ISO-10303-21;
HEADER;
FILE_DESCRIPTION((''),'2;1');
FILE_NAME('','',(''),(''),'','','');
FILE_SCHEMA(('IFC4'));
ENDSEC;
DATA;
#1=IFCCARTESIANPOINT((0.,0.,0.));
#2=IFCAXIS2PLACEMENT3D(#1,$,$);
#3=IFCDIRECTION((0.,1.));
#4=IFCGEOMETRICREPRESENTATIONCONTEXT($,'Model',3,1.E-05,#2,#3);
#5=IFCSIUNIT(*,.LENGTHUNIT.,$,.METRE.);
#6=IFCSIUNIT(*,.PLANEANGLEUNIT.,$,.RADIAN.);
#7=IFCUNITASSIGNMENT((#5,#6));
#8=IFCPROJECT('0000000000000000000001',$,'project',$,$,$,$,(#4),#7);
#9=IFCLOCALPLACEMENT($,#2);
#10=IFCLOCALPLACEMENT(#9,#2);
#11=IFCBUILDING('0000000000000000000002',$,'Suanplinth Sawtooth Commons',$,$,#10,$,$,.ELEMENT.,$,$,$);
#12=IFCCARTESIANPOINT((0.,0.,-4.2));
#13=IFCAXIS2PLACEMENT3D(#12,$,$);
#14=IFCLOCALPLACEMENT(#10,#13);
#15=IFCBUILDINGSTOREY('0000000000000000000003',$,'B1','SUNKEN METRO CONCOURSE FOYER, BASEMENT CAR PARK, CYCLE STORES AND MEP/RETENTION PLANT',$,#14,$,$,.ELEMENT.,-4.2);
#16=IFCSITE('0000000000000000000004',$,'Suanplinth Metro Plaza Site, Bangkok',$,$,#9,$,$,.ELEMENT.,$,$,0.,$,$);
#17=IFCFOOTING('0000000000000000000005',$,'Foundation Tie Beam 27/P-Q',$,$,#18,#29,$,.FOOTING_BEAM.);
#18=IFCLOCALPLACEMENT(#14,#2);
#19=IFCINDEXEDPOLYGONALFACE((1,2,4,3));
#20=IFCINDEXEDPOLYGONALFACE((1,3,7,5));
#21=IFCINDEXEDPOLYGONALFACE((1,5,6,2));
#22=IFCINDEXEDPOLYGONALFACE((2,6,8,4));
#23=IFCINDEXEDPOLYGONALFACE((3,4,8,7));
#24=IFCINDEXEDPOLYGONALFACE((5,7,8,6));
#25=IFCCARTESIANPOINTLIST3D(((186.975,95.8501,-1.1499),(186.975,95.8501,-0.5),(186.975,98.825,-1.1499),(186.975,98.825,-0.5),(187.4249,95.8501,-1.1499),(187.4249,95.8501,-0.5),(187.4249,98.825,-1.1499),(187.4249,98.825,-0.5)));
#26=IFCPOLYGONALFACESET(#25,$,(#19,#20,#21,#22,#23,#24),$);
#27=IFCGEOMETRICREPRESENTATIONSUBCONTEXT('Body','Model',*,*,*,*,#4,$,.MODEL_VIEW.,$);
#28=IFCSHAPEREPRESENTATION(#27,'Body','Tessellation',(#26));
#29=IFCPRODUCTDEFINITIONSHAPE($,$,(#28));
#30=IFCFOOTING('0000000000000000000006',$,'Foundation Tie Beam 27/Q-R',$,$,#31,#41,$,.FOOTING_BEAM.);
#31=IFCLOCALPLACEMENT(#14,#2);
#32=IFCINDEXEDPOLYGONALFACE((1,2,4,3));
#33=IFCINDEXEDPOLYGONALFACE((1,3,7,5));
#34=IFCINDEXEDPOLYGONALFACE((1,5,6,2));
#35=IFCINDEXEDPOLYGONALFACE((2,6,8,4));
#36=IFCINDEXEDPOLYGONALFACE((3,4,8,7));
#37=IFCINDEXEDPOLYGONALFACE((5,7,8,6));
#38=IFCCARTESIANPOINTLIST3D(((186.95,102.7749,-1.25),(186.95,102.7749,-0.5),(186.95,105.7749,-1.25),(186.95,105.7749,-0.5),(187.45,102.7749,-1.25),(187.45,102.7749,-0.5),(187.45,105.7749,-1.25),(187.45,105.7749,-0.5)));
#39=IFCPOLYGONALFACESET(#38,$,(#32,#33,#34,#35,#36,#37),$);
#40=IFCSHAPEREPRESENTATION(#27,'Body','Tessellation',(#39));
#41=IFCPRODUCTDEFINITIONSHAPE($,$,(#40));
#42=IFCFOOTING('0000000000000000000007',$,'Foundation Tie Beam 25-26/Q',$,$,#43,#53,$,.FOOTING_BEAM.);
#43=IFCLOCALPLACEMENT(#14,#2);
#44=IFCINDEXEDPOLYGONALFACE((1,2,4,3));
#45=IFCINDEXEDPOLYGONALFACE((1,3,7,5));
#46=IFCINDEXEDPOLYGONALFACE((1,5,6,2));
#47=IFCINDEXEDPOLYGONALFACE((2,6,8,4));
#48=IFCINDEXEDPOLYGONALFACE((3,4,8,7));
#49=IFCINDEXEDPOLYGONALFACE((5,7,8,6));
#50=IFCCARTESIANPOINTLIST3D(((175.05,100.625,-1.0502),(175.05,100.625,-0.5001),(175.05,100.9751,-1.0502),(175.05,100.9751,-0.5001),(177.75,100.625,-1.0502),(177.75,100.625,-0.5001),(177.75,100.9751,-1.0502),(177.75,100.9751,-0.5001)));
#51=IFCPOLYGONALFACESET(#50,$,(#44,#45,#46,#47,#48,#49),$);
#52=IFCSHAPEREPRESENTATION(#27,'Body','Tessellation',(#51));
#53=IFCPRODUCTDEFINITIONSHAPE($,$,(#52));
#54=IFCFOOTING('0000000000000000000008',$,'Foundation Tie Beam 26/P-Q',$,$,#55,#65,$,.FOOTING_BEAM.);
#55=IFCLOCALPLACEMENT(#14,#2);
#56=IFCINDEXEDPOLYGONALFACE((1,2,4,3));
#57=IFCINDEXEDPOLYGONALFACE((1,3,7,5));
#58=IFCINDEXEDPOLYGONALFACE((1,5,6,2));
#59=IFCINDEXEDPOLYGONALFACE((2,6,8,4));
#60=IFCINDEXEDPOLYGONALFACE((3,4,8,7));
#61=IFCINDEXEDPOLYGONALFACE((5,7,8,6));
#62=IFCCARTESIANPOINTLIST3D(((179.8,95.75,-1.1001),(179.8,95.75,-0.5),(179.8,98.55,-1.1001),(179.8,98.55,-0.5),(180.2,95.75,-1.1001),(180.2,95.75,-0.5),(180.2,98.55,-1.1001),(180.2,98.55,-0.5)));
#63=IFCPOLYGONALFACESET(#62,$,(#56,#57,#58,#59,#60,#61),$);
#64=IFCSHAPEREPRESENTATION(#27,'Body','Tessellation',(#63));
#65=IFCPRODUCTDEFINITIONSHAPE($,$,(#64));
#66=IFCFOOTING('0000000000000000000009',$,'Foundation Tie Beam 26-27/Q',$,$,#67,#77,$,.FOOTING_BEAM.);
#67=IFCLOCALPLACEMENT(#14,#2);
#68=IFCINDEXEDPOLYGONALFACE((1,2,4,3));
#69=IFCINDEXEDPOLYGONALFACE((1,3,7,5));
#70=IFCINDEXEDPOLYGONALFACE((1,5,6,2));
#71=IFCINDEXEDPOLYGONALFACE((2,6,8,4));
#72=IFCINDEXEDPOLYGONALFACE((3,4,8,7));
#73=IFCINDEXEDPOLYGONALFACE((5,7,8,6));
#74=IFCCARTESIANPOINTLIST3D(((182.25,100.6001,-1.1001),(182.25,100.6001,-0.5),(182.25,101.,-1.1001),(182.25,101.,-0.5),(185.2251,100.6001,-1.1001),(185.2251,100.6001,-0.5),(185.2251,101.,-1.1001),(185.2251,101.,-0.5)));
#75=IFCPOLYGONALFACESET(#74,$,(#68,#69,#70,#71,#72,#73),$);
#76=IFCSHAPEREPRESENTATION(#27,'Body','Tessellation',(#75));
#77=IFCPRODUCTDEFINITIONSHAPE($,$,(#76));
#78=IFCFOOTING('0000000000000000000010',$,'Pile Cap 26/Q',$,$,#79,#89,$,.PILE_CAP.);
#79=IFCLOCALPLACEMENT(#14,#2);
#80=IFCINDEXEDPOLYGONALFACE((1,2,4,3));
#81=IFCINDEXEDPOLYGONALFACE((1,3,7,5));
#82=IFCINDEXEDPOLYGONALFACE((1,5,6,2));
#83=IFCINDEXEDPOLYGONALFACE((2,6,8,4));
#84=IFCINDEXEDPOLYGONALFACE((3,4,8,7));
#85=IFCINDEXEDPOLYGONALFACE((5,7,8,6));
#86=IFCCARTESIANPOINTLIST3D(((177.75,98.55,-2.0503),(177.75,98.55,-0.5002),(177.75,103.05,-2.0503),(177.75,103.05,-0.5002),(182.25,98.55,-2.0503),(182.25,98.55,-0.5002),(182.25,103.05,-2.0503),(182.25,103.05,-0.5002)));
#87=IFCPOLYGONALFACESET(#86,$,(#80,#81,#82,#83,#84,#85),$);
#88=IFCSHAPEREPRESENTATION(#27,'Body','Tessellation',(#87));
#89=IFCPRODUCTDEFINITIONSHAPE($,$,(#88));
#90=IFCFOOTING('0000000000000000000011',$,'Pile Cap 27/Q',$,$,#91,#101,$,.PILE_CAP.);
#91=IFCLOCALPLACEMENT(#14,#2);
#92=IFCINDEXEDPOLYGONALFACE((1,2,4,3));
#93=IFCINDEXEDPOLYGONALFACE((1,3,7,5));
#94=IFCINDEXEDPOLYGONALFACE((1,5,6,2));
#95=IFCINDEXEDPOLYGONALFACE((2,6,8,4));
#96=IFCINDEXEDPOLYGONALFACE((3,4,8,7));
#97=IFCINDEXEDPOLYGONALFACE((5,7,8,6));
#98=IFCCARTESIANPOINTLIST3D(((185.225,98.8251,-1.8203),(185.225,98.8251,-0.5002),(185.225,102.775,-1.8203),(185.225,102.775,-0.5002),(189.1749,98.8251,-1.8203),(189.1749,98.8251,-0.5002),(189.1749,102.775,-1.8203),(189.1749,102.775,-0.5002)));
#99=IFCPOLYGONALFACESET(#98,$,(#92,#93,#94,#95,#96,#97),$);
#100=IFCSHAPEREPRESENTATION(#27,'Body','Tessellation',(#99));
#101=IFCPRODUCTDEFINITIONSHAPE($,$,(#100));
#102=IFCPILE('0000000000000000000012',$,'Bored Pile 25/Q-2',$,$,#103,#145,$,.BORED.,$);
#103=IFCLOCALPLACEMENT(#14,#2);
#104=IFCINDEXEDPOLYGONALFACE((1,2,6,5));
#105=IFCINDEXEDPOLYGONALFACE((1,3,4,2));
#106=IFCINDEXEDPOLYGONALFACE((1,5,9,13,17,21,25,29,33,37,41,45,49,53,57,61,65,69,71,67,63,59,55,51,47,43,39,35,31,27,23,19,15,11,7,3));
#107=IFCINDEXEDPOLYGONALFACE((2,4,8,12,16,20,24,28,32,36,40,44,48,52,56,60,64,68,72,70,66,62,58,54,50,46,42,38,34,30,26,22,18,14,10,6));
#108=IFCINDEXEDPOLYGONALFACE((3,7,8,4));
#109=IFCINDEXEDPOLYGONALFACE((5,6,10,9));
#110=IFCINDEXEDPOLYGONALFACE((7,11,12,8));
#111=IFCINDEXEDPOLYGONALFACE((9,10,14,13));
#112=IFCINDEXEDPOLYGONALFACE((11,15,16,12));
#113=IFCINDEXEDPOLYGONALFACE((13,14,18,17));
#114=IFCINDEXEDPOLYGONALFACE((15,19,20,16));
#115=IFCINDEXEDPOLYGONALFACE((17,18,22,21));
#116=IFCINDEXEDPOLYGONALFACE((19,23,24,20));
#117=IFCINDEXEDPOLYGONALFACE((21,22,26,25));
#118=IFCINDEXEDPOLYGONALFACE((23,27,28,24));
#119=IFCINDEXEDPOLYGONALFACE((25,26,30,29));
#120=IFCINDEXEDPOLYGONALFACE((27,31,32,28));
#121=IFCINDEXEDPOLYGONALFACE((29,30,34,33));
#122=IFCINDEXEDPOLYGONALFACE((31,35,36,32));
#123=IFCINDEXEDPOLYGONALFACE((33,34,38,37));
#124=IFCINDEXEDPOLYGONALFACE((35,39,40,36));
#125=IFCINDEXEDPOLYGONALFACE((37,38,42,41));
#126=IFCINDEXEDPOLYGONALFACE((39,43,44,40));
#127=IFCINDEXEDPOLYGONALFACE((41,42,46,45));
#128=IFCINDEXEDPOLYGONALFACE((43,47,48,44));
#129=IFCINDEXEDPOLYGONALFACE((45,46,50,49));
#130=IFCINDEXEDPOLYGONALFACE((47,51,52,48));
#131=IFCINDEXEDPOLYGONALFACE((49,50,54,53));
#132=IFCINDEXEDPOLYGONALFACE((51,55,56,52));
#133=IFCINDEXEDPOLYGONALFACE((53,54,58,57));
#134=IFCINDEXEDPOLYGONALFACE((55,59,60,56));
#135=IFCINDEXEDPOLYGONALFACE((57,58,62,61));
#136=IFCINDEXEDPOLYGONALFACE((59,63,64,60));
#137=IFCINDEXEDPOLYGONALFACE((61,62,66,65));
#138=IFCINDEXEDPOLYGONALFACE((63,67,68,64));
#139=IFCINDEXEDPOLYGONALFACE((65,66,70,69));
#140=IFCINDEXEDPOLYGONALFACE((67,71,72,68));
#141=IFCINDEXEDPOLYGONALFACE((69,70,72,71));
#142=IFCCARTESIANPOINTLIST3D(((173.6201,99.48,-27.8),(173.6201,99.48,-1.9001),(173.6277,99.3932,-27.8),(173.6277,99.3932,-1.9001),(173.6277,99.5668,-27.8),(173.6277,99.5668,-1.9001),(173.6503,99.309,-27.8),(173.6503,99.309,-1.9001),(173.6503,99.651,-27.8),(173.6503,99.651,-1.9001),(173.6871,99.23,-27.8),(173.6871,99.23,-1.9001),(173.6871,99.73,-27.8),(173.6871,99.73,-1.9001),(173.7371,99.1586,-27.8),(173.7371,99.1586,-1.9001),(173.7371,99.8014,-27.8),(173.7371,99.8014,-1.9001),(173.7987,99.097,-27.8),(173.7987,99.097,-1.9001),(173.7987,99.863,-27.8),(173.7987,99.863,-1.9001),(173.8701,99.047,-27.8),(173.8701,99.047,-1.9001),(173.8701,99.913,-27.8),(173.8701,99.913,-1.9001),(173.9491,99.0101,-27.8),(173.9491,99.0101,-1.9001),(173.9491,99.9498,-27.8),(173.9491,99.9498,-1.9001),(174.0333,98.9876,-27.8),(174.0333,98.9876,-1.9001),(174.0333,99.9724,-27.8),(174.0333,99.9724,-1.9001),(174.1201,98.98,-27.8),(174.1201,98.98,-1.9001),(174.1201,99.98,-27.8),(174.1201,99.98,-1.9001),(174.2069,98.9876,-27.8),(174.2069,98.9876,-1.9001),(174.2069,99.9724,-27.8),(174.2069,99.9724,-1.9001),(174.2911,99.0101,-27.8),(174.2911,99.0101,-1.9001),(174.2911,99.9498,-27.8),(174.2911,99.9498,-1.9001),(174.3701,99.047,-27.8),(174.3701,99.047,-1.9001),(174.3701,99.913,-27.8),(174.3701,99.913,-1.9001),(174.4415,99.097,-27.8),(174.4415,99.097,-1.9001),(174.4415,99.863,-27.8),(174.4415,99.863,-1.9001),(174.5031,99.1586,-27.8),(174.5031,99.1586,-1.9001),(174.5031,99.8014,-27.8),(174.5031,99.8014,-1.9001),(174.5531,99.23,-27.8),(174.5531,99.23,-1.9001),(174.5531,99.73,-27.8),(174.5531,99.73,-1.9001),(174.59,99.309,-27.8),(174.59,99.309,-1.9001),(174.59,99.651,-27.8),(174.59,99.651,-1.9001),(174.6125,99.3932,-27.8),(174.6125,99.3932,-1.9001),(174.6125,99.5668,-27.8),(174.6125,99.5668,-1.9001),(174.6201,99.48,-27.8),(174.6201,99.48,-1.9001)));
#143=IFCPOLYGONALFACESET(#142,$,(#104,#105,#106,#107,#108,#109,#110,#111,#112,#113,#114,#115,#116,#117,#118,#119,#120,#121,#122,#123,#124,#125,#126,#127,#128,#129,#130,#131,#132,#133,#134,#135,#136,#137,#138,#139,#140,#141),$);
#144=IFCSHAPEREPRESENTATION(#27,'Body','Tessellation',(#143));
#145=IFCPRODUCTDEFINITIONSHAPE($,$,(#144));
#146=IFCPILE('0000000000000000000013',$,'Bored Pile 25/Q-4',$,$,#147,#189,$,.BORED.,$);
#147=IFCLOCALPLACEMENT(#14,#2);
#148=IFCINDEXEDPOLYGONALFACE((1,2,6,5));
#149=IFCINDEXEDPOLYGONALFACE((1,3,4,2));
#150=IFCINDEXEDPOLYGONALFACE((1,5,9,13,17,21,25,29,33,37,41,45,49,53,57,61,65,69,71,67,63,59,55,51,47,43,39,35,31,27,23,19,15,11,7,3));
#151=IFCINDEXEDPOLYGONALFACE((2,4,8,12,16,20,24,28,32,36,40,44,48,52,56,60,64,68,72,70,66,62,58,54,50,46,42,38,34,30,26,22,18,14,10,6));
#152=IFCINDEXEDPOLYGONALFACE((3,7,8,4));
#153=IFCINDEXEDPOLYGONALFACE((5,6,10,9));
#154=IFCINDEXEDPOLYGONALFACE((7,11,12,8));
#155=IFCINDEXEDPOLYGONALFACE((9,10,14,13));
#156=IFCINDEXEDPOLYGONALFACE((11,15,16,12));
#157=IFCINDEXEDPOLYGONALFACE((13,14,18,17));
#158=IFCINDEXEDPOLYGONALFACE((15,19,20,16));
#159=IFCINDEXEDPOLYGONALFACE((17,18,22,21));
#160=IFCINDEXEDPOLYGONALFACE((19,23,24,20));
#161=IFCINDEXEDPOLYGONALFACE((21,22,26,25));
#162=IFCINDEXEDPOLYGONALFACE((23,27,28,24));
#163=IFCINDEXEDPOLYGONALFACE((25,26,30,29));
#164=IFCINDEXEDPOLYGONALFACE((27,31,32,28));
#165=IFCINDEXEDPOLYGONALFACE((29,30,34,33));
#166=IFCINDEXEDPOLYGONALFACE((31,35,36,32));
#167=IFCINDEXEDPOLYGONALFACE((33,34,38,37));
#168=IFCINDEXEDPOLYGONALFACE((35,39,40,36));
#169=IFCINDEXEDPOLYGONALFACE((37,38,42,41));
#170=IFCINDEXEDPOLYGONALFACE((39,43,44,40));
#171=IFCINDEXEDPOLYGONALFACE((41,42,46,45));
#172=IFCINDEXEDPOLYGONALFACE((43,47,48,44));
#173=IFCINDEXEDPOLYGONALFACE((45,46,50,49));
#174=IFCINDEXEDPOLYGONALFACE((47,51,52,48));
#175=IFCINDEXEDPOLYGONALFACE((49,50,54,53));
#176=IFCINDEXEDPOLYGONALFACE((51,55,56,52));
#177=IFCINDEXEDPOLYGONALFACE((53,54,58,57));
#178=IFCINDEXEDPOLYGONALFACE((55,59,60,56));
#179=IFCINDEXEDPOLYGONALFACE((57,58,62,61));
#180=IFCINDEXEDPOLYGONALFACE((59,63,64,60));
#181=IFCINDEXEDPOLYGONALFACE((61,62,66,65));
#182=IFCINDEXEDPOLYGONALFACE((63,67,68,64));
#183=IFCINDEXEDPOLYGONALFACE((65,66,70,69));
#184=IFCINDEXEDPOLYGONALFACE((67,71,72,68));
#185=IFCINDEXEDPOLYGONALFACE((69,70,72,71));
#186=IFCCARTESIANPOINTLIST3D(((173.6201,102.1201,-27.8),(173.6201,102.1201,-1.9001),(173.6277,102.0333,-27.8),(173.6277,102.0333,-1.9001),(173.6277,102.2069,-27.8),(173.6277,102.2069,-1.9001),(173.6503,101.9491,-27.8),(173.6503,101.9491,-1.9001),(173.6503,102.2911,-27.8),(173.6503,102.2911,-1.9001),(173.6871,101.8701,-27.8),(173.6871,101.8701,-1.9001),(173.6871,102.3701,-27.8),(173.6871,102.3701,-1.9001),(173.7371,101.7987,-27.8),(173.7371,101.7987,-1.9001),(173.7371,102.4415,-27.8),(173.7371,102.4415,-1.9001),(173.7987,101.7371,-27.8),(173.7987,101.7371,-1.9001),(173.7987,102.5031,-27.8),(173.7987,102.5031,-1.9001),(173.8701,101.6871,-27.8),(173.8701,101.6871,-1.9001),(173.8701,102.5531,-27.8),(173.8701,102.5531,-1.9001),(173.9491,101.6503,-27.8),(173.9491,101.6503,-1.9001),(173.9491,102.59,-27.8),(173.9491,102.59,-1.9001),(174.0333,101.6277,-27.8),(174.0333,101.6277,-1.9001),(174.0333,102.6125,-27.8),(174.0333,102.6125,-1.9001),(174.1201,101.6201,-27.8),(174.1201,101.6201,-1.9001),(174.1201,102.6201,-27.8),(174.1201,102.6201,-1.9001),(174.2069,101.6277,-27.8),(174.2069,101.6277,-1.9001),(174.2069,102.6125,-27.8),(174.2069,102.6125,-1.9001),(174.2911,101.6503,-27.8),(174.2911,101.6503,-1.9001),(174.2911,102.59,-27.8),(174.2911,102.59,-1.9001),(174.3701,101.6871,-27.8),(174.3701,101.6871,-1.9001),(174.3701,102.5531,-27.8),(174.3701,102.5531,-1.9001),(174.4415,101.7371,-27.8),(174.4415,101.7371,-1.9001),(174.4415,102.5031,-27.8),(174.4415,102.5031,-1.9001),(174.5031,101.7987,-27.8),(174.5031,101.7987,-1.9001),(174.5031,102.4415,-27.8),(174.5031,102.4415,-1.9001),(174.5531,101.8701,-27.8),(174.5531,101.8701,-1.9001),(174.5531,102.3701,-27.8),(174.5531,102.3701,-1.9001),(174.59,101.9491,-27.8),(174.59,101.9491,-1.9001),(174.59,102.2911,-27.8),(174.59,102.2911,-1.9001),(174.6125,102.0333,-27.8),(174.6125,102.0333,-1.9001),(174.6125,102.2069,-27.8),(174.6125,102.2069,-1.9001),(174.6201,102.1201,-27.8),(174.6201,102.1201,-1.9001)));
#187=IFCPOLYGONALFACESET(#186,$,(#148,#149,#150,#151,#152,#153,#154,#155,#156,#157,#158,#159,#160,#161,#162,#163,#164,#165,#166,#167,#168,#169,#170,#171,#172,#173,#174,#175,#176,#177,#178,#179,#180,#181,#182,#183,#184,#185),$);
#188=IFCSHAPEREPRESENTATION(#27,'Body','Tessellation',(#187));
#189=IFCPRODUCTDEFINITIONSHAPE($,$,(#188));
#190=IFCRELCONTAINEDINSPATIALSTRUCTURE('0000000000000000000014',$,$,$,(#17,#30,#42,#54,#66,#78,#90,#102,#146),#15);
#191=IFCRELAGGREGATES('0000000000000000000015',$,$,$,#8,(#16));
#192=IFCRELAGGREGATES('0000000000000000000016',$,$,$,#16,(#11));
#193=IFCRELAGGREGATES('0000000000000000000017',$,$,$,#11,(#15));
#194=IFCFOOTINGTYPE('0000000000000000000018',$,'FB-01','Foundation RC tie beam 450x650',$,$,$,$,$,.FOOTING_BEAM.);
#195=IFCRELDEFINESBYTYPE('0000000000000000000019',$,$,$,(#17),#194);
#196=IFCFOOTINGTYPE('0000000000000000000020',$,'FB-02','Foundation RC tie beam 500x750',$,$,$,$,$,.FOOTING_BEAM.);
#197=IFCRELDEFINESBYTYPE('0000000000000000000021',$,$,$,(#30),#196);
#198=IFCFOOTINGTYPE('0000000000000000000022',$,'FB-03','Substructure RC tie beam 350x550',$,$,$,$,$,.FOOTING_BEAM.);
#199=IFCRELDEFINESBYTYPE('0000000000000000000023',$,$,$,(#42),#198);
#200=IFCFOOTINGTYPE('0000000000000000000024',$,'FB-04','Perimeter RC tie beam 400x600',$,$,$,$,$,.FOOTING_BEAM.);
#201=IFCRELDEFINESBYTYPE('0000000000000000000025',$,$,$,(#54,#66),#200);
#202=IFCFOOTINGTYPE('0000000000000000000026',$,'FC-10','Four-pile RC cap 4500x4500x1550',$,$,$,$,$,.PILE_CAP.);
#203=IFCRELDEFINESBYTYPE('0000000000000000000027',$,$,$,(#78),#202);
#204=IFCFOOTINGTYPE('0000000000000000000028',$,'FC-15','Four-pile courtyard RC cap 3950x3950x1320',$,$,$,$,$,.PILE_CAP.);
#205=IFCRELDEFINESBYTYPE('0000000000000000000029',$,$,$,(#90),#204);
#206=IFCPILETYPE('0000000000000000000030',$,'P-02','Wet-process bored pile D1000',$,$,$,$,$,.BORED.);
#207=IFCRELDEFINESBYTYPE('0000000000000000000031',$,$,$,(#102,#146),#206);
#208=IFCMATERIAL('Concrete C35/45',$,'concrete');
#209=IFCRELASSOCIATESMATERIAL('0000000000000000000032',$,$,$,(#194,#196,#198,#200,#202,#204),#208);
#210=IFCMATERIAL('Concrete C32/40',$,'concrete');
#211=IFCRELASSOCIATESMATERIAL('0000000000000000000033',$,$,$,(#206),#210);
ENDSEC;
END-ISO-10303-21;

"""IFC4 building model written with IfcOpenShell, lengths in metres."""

from ifc_helpers import new_model, si_unit, direction, frame, origin, origin_2d, place, context, subcontext, project, spatial, rectangle, circle, extrude, material, material_profile, profile_set, type_object, element, save


model = new_model("IFC4")

# Units and contexts
model_context = context("Model", 3, precision=1e-05, world=origin(), true_north=direction((0.0, 1.0)))
body_context = subcontext(model_context, "Body", "Model", "MODEL_VIEW")
ifc_project = project(units=[si_unit("LENGTHUNIT", "METRE"), si_unit("PLANEANGLEUNIT", "RADIAN")], contexts=[model_context])

# Site, building, storey
site_placement = place(None, origin())
site = spatial("IfcSite", under=ifc_project, at=site_placement, Name="Suanplinth Metro Plaza Site, Bangkok", CompositionType="ELEMENT", RefElevation=0.0)
building_placement = place(site_placement, origin())
building = spatial("IfcBuilding", under=site, at=building_placement, Name="Suanplinth Sawtooth Commons", CompositionType="ELEMENT")
storey_placement = place(building_placement, frame((0.0, 0.0, -4.2)))
storey = spatial("IfcBuildingStorey", under=building, at=storey_placement, Name="B1", Description="SUNKEN METRO CONCOURSE FOYER, BASEMENT CAR PARK, CYCLE STORES AND MEP/RETENTION PLANT", CompositionType="ELEMENT", Elevation=-4.2)

# Footings
ifc_material_1 = material(Name="Concrete C35/45", Category="concrete")
ifc_material_profile_1 = material_profile(ifc_material_1, rectangle(XDim=0.45, YDim=0.6499, at=origin_2d()), Name="PC-GDR 450x650")
ifc_profile_set_1 = profile_set([ifc_material_profile_1], Name="Concrete C35/45")
footing_type_1 = type_object("IfcFootingType", Name="FB-01", Description="Foundation RC tie beam 450x650", PredefinedType="FOOTING_BEAM", material=ifc_profile_set_1)
footing_1_placement = place(storey_placement, frame((187.2, 95.8501, -0.825), z_axis=(0.0, 1.0, 0.0), x_axis=(-1.0, 0.0, 0.0)))
element("IfcFooting", 1, at=footing_1_placement, inside=storey, type_object=footing_type_1, Name="Foundation Tie Beam 27/P-Q", PredefinedType="FOOTING_BEAM", context=body_context, shape_type="SweptSolid", body=[
    extrude(rectangle(XDim=0.45, YDim=0.6499, at=origin_2d()), origin(), (0.0, 0.0, 1.0), 2.9749),
])
ifc_material_profile_2 = material_profile(ifc_material_1, rectangle(XDim=0.5, YDim=0.75, at=origin_2d()), Name="RC-GDR 500x750")
ifc_profile_set_2 = profile_set([ifc_material_profile_2], Name="Concrete C35/45")
footing_type_2 = type_object("IfcFootingType", Name="FB-02", Description="Foundation RC tie beam 500x750", PredefinedType="FOOTING_BEAM", material=ifc_profile_set_2)
footing_2_placement = place(storey_placement, frame((187.2, 102.7749, -0.875), z_axis=(0.0, 1.0, 0.0), x_axis=(-1.0, 0.0, 0.0)))
element("IfcFooting", 2, at=footing_2_placement, inside=storey, type_object=footing_type_2, Name="Foundation Tie Beam 27/Q-R", PredefinedType="FOOTING_BEAM", context=body_context, shape_type="SweptSolid", body=[
    extrude(rectangle(XDim=0.5, YDim=0.75, at=origin_2d()), origin(), (0.0, 0.0, 1.0), 3.0),
])
ifc_material_profile_3 = material_profile(ifc_material_1, rectangle(XDim=0.3501, YDim=0.55, at=origin_2d()), Name="PC-BM 350x550")
ifc_profile_set_3 = profile_set([ifc_material_profile_3], Name="Concrete C35/45")
footing_type_3 = type_object("IfcFootingType", Name="FB-03", Description="Substructure RC tie beam 350x550", PredefinedType="FOOTING_BEAM", material=ifc_profile_set_3)
footing_3_placement = place(storey_placement, frame((175.05, 100.8, -0.7751), z_axis=(1.0, 0.0, 0.0), x_axis=(0.0, 1.0, 0.0)))
element("IfcFooting", 3, at=footing_3_placement, inside=storey, type_object=footing_type_3, Name="Foundation Tie Beam 25-26/Q", PredefinedType="FOOTING_BEAM", context=body_context, shape_type="SweptSolid", body=[
    extrude(rectangle(XDim=0.3501, YDim=0.55, at=origin_2d()), origin(), (0.0, 0.0, 1.0), 2.7),
])
ifc_material_profile_4 = material_profile(ifc_material_1, rectangle(XDim=0.3999, YDim=0.6001, at=origin_2d()), Name="PC-GDR 400x600")
ifc_profile_set_4 = profile_set([ifc_material_profile_4], Name="Concrete C35/45")
footing_type_4 = type_object("IfcFootingType", Name="FB-04", Description="Perimeter RC tie beam 400x600", PredefinedType="FOOTING_BEAM", material=ifc_profile_set_4)
footing_4_placement = place(storey_placement, frame((180.0, 95.75, -0.8), z_axis=(0.0, 1.0, 0.0), x_axis=(-1.0, 0.0, 0.0)))
element("IfcFooting", 4, at=footing_4_placement, inside=storey, type_object=footing_type_4, Name="Foundation Tie Beam 26/P-Q", PredefinedType="FOOTING_BEAM", context=body_context, shape_type="SweptSolid", body=[
    extrude(rectangle(XDim=0.3999, YDim=0.6001, at=origin_2d()), origin(), (0.0, 0.0, 1.0), 2.8),
])
footing_5_placement = place(storey_placement, frame((182.25, 100.8, -0.8), z_axis=(1.0, 0.0, 0.0), x_axis=(0.0, 1.0, 0.0)))
element("IfcFooting", 5, at=footing_5_placement, inside=storey, type_object=footing_type_4, Name="Foundation Tie Beam 26-27/Q", PredefinedType="FOOTING_BEAM", context=body_context, shape_type="SweptSolid", body=[
    extrude(rectangle(XDim=0.3999, YDim=0.6001, at=origin_2d()), origin(), (0.0, 0.0, 1.0), 2.9751),
])
footing_type_5 = type_object("IfcFootingType", Name="FC-10", Description="Four-pile RC cap 4500x4500x1550", PredefinedType="PILE_CAP", material=ifc_material_1)
footing_6_placement = place(storey_placement, frame((180.0, 100.8, -2.0503), z_axis=(0.0, 0.0, 1.0), x_axis=(1.0, 0.0, 0.0)))
element("IfcFooting", 6, at=footing_6_placement, inside=storey, type_object=footing_type_5, Name="Pile Cap 26/Q", PredefinedType="PILE_CAP", context=body_context, shape_type="SweptSolid", body=[
    extrude(rectangle(XDim=4.5, YDim=4.5, at=origin_2d()), origin(), (0.0, 0.0, 1.0), 1.55),
])
footing_type_6 = type_object("IfcFootingType", Name="FC-15", Description="Four-pile courtyard RC cap 3950x3950x1320", PredefinedType="PILE_CAP", material=ifc_material_1)
footing_7_placement = place(storey_placement, frame((187.2, 100.8, -1.8203), z_axis=(0.0, 0.0, 1.0), x_axis=(1.0, 0.0, 0.0)))
element("IfcFooting", 7, at=footing_7_placement, inside=storey, type_object=footing_type_6, Name="Pile Cap 27/Q", PredefinedType="PILE_CAP", context=body_context, shape_type="SweptSolid", body=[
    extrude(rectangle(XDim=3.95, YDim=3.95, at=origin_2d()), origin(), (0.0, 0.0, 1.0), 1.3201),
])

# Piles
ifc_material_2 = material(Name="Concrete C32/40", Category="concrete")
ifc_material_profile_5 = material_profile(ifc_material_2, circle(Radius=0.5, at=origin_2d()), Name="PILE D1000")
ifc_profile_set_5 = profile_set([ifc_material_profile_5], Name="Concrete C32/40")
pile_type = type_object("IfcPileType", Name="P-02", Description="Wet-process bored pile D1000", PredefinedType="BORED", material=ifc_profile_set_5)
for number, where, z_axis, x_axis, name in (
    (8, (174.1201, 99.48, -1.9001), (0.0, 0.0, -1.0), (1.0, 0.0, 0.0), "Bored Pile 25/Q-2"),
    (9, (174.1201, 102.1201, -1.9001), (0.0, 0.0, -1.0), (1.0, 0.0, 0.0), "Bored Pile 25/Q-4"),
):
    element("IfcPile", number, at=place(storey_placement, frame(where, z_axis=z_axis, x_axis=x_axis)), inside=storey, type_object=pile_type, Name=name, PredefinedType="BORED", context=body_context, shape_type="SweptSolid", body=[
        extrude(circle(Radius=0.5, at=origin_2d()), origin(), (0.0, 0.0, 1.0), 25.8999),
    ])

save(model, "model.ifc")
